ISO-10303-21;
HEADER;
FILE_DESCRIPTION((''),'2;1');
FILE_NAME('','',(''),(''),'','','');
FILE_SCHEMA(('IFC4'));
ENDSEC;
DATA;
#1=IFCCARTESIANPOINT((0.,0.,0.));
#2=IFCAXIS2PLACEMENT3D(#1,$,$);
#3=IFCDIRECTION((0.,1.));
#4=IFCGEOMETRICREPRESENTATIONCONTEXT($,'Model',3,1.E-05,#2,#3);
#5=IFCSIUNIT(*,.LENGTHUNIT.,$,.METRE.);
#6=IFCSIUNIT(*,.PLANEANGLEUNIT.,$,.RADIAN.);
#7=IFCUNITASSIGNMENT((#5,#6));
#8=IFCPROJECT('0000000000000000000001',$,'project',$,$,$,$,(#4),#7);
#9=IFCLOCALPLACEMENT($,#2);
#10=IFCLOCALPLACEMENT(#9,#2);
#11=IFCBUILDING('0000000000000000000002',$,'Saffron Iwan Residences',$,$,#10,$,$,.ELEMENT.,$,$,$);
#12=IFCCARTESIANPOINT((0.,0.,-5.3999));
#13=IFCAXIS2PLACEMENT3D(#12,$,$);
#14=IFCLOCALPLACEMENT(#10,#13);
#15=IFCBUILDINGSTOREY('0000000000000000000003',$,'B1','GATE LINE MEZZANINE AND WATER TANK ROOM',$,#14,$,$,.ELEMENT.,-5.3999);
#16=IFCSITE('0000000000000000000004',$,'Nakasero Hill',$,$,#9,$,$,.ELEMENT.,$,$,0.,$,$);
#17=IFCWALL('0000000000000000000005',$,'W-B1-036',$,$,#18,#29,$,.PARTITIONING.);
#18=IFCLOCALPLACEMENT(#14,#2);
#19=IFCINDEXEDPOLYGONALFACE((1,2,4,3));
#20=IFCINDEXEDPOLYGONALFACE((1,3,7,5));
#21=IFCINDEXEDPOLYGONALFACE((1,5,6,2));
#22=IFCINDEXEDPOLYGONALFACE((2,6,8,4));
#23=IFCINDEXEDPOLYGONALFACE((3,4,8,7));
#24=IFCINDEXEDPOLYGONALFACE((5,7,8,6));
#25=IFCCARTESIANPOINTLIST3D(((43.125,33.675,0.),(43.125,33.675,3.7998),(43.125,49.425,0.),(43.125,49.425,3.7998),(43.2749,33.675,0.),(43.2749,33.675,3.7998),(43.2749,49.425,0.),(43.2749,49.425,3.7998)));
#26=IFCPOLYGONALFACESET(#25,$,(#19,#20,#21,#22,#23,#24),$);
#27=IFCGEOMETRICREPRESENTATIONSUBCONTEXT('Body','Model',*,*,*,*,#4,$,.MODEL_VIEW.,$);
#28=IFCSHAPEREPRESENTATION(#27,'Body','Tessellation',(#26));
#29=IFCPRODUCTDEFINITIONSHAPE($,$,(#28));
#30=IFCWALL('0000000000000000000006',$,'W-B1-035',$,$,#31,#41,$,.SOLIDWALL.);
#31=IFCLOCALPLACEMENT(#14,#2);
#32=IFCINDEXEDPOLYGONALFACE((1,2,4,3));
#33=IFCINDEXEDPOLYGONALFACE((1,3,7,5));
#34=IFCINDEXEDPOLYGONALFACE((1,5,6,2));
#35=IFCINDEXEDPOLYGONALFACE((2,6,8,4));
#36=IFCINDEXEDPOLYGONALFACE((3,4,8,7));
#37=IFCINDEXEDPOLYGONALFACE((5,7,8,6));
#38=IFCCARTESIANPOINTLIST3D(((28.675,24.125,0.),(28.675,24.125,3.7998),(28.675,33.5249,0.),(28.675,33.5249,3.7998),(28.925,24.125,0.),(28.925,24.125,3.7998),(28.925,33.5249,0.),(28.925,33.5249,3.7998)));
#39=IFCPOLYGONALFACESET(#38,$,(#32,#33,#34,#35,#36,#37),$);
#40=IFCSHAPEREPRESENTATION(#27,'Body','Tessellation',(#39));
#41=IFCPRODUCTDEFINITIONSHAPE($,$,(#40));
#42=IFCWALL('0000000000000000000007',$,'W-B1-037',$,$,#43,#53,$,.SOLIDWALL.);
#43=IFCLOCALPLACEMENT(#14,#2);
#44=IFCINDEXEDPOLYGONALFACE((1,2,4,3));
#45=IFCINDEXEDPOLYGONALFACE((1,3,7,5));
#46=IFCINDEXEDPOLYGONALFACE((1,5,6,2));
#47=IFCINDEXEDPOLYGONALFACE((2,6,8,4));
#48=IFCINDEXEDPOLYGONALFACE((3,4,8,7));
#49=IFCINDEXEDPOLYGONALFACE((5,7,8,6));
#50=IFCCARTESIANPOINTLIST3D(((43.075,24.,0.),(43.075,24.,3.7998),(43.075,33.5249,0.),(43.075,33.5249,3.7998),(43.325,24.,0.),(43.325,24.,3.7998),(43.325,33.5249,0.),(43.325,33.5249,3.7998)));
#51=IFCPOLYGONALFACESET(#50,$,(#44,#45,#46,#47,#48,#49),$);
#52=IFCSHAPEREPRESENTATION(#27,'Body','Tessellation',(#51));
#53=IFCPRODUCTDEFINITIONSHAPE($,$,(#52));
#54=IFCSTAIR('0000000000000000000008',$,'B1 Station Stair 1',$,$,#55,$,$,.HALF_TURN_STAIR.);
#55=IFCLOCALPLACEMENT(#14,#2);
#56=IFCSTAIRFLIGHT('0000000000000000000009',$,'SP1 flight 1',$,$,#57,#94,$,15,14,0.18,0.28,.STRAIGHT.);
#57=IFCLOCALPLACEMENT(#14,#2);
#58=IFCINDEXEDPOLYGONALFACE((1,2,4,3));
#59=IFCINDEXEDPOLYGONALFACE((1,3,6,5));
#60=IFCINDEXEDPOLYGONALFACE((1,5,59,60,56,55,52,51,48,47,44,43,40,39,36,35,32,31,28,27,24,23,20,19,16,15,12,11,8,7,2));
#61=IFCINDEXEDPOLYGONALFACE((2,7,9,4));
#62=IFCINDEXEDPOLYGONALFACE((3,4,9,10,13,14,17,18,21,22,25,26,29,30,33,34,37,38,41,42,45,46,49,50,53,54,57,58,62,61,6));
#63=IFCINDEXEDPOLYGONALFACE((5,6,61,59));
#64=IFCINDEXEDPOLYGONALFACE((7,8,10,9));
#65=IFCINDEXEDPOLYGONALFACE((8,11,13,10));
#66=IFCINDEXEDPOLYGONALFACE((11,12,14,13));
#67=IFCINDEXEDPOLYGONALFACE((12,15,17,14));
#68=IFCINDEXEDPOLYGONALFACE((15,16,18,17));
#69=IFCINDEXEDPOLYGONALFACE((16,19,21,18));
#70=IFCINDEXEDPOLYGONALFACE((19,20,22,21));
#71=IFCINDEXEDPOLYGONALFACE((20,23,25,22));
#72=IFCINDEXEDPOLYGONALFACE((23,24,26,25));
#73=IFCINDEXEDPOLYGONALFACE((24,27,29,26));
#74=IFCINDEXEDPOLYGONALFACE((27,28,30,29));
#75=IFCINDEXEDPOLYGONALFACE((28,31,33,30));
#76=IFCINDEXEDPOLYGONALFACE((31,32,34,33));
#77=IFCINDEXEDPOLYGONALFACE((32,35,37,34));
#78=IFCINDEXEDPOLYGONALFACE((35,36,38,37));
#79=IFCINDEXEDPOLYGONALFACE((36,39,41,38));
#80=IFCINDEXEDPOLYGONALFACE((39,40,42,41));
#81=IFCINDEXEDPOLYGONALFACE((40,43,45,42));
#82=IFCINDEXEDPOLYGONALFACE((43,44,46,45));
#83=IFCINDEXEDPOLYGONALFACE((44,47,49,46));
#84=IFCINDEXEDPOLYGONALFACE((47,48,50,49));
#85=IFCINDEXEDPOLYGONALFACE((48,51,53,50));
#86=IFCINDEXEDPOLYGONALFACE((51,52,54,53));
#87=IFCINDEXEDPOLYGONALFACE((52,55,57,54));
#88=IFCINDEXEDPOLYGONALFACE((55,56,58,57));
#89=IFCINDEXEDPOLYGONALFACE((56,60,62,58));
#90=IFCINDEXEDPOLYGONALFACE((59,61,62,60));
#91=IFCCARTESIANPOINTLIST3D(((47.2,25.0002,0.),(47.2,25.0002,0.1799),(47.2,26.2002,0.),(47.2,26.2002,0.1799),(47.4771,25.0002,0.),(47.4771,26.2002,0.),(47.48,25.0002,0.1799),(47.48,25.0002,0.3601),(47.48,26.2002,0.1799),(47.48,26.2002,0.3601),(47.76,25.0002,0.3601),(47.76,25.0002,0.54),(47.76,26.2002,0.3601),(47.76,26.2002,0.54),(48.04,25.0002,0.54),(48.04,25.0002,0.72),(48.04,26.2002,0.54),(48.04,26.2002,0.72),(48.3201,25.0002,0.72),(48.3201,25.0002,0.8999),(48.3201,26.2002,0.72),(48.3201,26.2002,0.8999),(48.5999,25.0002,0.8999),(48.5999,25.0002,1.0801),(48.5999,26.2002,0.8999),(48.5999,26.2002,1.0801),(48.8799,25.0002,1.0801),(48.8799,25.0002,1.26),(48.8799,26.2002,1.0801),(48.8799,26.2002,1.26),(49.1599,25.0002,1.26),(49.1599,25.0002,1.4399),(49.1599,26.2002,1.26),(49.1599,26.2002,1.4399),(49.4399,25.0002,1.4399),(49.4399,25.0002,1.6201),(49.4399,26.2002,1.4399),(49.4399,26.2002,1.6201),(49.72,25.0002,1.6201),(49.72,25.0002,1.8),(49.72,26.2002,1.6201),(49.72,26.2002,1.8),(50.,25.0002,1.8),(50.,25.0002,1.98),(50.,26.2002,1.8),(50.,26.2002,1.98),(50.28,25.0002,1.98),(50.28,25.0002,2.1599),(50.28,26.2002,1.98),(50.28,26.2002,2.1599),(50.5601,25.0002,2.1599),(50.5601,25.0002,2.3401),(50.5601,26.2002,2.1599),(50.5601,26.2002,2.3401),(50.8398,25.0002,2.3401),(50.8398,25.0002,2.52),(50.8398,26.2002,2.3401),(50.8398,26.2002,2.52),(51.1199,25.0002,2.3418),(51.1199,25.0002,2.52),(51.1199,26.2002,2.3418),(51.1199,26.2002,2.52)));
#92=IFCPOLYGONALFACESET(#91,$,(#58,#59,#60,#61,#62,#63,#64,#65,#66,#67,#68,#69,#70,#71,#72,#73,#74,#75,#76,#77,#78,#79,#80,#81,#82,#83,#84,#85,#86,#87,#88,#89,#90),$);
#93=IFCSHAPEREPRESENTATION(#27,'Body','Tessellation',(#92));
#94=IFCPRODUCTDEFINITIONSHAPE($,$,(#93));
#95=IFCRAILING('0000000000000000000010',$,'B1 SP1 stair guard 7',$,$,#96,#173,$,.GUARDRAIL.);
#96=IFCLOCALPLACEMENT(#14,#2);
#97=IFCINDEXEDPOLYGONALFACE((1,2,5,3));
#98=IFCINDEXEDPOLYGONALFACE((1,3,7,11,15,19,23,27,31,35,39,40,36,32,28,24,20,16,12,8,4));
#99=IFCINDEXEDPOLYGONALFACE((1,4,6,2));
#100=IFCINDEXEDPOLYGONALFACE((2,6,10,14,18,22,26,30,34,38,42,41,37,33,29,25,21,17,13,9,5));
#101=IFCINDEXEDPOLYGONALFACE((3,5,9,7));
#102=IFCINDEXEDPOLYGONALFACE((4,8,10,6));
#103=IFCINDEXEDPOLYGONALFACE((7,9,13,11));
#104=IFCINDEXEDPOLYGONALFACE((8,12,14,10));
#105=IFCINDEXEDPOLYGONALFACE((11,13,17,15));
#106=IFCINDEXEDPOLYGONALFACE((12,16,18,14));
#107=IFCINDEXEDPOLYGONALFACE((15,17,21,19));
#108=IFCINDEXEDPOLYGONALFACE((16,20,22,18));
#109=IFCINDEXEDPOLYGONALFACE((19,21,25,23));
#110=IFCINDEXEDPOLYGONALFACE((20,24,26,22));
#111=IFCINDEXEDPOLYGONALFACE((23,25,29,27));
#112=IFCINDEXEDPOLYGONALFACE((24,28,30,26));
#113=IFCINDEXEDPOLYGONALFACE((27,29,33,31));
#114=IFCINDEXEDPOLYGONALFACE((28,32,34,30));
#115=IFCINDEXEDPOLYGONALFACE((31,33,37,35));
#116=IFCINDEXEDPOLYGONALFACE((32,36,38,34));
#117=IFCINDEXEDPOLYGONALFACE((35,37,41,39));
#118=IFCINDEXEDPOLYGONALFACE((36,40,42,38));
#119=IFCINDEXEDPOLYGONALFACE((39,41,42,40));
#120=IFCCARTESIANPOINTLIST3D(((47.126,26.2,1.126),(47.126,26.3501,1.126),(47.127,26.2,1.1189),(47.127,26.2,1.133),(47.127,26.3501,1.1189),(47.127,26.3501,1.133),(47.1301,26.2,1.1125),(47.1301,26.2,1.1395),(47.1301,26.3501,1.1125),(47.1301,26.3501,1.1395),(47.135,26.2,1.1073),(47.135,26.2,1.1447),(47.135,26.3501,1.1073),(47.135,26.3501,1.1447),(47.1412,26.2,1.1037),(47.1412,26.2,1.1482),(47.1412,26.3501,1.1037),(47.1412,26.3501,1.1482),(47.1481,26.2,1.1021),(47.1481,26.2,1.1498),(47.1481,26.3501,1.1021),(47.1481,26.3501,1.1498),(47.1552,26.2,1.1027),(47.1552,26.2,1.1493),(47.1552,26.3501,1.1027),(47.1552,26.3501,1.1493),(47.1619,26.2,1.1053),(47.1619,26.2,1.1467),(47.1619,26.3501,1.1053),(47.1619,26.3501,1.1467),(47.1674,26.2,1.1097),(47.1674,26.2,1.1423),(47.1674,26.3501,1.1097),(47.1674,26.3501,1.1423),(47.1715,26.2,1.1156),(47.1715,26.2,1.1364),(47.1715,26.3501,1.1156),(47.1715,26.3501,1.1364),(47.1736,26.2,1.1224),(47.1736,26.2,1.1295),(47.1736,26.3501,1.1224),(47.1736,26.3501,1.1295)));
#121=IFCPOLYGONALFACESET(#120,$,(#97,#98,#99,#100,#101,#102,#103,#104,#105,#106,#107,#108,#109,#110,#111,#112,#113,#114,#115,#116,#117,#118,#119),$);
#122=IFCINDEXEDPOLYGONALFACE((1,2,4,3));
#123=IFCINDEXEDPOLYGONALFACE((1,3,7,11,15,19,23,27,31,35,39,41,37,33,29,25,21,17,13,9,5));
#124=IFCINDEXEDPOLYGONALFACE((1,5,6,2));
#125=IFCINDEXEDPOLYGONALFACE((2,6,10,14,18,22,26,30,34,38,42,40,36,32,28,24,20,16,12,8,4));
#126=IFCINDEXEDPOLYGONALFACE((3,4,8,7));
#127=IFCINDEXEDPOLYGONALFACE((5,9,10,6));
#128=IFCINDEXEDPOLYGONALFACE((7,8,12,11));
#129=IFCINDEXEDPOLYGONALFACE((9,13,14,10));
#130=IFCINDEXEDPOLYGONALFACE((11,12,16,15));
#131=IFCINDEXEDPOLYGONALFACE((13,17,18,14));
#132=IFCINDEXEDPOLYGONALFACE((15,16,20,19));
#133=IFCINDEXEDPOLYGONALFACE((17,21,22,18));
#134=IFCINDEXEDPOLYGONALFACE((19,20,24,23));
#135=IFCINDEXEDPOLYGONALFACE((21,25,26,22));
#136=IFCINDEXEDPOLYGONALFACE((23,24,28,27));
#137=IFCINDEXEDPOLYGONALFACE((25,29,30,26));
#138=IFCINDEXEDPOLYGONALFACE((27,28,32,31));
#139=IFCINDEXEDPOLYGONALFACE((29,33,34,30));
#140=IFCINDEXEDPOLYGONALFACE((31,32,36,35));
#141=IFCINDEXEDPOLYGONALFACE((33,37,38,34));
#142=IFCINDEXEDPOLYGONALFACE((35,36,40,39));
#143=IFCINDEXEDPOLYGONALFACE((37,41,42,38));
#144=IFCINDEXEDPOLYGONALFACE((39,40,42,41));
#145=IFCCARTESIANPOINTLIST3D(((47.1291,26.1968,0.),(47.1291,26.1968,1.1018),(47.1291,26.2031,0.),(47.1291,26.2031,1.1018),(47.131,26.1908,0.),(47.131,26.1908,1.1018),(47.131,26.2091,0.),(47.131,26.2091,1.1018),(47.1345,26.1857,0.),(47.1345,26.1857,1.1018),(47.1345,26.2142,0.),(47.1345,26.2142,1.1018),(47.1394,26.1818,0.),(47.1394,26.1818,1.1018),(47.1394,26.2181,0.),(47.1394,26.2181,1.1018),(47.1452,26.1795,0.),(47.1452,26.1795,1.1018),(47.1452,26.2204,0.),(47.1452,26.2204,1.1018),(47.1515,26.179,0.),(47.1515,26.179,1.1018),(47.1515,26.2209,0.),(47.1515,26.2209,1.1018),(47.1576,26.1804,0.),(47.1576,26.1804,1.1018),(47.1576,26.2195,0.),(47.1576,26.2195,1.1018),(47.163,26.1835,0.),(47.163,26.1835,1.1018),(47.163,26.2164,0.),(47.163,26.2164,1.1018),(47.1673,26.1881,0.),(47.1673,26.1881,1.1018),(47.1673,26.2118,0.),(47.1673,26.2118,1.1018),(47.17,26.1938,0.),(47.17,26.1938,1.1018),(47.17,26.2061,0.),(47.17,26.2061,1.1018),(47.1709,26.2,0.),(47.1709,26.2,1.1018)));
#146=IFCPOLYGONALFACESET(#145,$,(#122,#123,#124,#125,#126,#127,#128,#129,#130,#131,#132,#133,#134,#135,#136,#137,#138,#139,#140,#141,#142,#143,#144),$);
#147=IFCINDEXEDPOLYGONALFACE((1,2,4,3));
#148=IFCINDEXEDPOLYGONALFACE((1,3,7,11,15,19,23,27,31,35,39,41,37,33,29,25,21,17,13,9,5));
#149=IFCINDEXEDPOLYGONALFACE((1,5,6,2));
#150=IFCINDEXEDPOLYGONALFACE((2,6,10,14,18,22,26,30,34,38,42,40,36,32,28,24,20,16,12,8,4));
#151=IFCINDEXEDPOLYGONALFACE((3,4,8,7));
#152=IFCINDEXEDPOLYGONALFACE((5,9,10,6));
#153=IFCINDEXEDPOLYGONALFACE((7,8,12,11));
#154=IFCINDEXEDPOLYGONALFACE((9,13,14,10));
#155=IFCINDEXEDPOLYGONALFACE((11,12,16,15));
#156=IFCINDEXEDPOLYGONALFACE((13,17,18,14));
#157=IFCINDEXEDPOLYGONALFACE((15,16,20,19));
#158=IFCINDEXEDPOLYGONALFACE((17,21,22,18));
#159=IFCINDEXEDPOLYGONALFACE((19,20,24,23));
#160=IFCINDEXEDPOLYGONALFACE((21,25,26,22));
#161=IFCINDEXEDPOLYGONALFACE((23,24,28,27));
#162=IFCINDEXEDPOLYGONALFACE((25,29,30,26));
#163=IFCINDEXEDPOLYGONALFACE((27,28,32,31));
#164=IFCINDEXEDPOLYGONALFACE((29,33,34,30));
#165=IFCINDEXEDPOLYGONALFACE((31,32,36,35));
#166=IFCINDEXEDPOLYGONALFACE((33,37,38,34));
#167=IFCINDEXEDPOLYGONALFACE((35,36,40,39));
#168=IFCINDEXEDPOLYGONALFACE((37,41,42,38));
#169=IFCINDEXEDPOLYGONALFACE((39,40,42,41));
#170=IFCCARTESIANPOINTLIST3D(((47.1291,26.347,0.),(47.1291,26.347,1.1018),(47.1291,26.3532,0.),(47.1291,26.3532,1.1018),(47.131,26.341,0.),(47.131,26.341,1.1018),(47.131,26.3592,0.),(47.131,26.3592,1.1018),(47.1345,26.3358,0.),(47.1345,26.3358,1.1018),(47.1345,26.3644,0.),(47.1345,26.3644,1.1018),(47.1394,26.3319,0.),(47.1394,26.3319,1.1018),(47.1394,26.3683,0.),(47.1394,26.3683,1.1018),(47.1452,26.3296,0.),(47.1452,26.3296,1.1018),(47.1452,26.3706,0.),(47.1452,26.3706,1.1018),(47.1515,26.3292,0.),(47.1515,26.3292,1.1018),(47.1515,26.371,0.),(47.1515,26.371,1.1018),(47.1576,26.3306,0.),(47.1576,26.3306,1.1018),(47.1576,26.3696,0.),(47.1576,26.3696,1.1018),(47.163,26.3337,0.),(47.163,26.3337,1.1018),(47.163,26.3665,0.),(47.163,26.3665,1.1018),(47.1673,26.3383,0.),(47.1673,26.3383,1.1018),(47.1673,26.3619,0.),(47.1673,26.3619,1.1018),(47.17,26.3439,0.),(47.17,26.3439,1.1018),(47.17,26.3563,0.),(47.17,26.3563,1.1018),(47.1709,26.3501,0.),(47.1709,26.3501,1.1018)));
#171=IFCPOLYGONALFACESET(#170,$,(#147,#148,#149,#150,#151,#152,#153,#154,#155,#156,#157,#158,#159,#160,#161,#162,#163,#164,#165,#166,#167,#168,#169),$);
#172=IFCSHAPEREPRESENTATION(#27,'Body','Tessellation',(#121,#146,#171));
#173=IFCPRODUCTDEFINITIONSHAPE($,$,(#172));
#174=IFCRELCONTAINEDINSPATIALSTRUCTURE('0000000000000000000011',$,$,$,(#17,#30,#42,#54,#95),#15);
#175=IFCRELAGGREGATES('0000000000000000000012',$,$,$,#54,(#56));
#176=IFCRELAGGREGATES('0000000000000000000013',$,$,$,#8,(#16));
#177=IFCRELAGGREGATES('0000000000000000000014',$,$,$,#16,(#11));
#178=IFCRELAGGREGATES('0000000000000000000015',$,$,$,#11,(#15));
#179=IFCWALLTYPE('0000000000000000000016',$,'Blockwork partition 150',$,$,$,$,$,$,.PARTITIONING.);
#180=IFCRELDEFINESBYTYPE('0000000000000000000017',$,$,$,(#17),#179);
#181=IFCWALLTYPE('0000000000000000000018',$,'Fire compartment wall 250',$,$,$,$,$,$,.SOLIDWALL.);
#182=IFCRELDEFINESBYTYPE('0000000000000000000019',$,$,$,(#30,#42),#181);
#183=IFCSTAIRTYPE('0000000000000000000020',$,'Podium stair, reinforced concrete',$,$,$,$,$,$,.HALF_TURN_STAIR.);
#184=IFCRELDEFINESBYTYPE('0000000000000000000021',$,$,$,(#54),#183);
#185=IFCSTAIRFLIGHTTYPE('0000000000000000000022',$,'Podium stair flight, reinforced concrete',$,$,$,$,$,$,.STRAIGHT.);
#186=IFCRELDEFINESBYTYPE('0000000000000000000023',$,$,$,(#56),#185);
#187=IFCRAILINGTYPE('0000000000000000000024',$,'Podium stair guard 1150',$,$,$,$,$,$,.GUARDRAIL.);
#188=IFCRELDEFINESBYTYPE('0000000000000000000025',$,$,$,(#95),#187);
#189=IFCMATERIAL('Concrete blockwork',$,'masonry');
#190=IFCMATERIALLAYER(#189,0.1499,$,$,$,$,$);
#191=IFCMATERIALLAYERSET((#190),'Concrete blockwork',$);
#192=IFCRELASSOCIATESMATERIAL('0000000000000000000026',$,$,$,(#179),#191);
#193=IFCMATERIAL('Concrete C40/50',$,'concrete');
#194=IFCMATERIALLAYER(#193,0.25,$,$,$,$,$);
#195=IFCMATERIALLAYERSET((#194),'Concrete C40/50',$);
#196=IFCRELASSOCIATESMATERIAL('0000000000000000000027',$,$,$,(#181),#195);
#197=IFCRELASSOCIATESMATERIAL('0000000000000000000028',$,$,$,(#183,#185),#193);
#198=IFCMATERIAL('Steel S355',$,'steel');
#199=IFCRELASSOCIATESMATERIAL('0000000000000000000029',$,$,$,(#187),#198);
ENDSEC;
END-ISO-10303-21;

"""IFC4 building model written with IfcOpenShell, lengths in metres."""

from ifc_helpers import new_model, si_unit, direction, frame, frame_2d, origin, origin_2d, place, context, subcontext, project, spatial, polyline, rectangle, circle, outline, extrude, material, layer, layer_set, type_object, element, aggregate, save


model = new_model("IFC4")

# Units and contexts
model_context = context("Model", 3, precision=1e-05, world=origin(), true_north=direction((0.0, 1.0)))
body_context = subcontext(model_context, "Body", "Model", "MODEL_VIEW")
ifc_project = project(units=[si_unit("LENGTHUNIT", "METRE"), si_unit("PLANEANGLEUNIT", "RADIAN")], contexts=[model_context])

# Site, building, storey
site_placement = place(None, origin())
site = spatial("IfcSite", under=ifc_project, at=site_placement, Name="Nakasero Hill", CompositionType="ELEMENT", RefElevation=0.0)
building_placement = place(site_placement, origin())
building = spatial("IfcBuilding", under=site, at=building_placement, Name="Saffron Iwan Residences", CompositionType="ELEMENT")
storey_placement = place(building_placement, frame((0.0, 0.0, -5.3999)))
storey = spatial("IfcBuildingStorey", under=building, at=storey_placement, Name="B1", Description="GATE LINE MEZZANINE AND WATER TANK ROOM", CompositionType="ELEMENT", Elevation=-5.3999)

# Shared definitions
ifc_material_1 = material(Name="Concrete C40/50", Category="concrete")

# Walls
ifc_material_2 = material(Name="Concrete blockwork", Category="masonry")
ifc_layer_1 = layer(ifc_material_2, 0.1499)
ifc_layer_set_1 = layer_set([ifc_layer_1], Name="Concrete blockwork")
wall_type_1 = type_object("IfcWallType", Name="Blockwork partition 150", PredefinedType="PARTITIONING", material=ifc_layer_set_1)
wall_1_placement = place(storey_placement, frame((43.2, 33.675, 0.0), z_axis=(0.0, 0.0, 1.0), x_axis=(0.0, 1.0, 0.0)))
element("IfcWall", 1, at=wall_1_placement, inside=storey, type_object=wall_type_1, Name="W-B1-036", PredefinedType="PARTITIONING", context=body_context, shape_type="SweptSolid", body=[
    extrude(rectangle(XDim=15.75, YDim=0.1499, at=frame_2d((7.875, 0.0))), origin(), (0.0, 0.0, 1.0), 3.7998),
])
ifc_layer_2 = layer(ifc_material_1, 0.25)
ifc_layer_set_2 = layer_set([ifc_layer_2], Name="Concrete C40/50")
wall_type_2 = type_object("IfcWallType", Name="Fire compartment wall 250", PredefinedType="SOLIDWALL", material=ifc_layer_set_2)
wall_2_placement = place(storey_placement, frame((28.8, 24.125, 0.0), z_axis=(0.0, 0.0, 1.0), x_axis=(0.0, 1.0, 0.0)))
element("IfcWall", 2, at=wall_2_placement, inside=storey, type_object=wall_type_2, Name="W-B1-035", PredefinedType="SOLIDWALL", context=body_context, shape_type="SweptSolid", body=[
    extrude(rectangle(XDim=9.3999, YDim=0.25, at=frame_2d((4.7, 0.0))), origin(), (0.0, 0.0, 1.0), 3.7998),
])
wall_3_placement = place(storey_placement, frame((43.2, 24.0, 0.0), z_axis=(0.0, 0.0, 1.0), x_axis=(0.0, 1.0, 0.0)))
element("IfcWall", 3, at=wall_3_placement, inside=storey, type_object=wall_type_2, Name="W-B1-037", PredefinedType="SOLIDWALL", context=body_context, shape_type="SweptSolid", body=[
    extrude(rectangle(XDim=9.5249, YDim=0.25, at=frame_2d((4.7625, 0.0))), origin(), (0.0, 0.0, 1.0), 3.7998),
])

# Stair, stair flight
stair_type = type_object("IfcStairType", Name="Podium stair, reinforced concrete", PredefinedType="HALF_TURN_STAIR", material=ifc_material_1)
stair_placement = place(storey_placement, origin())
stair = element("IfcStair", 4, at=stair_placement, inside=storey, type_object=stair_type, Name="B1 Station Stair 1", PredefinedType="HALF_TURN_STAIR")
stair_flight_type = type_object("IfcStairFlightType", Name="Podium stair flight, reinforced concrete", PredefinedType="STRAIGHT", material=ifc_material_1)
stair_flight_placement = place(storey_placement, frame((47.2, 25.6001, 0.0), z_axis=(0.0, 0.0, 1.0), x_axis=(1.0, 0.0, 0.0)))
stair_flight = element("IfcStairFlight", 5, at=stair_flight_placement, type_object=stair_flight_type, Name="SP1 flight 1", NumberOfRisers=15, NumberOfTreads=14, PredefinedType="STRAIGHT", RiserHeight=0.18, TreadLength=0.28, context=body_context, shape_type="SweptSolid", body=[
    extrude(outline(polyline([(0.0, 0.0), (0.0, 0.1799), (0.28, 0.1799), (0.28, 0.3601), (0.5601, 0.3601), (0.5601, 0.54), (0.8401, 0.54), (0.8401, 0.72), (1.1201, 0.72), (1.1201, 0.8999), (1.3999, 0.8999), (1.3999, 1.0801), (1.6799, 1.0801), (1.6799, 1.26), (1.96, 1.26), (1.96, 1.4399), (2.24, 1.4399), (2.24, 1.6201), (2.52, 1.6201), (2.52, 1.8), (2.8, 1.8), (2.8, 1.98), (3.0801, 1.98), (3.0801, 2.1599), (3.3601, 2.1599), (3.3601, 2.3401), (3.6399, 2.3401), (3.6399, 2.52), (3.9199, 2.52), (3.9199, 2.7), (3.9199, 2.3418), (0.2771, 0.0), (0.0, 0.0)])), frame((0.0, 0.6001, 0.0), z_axis=(0.0, -1.0, 0.0), x_axis=(1.0, 0.0, 0.0)), (0.0, 0.0, 1.0), 1.2),
])
aggregate(stair, [stair_flight])

# Railing
ifc_material_3 = material(Name="Steel S355", Category="steel")
railing_type = type_object("IfcRailingType", Name="Podium stair guard 1150", PredefinedType="GUARDRAIL", material=ifc_material_3)
railing_placement = place(storey_placement, frame((47.1499, 26.2, 0.0)))
element("IfcRailing", 6, at=railing_placement, inside=storey, type_object=railing_type, Name="B1 SP1 stair guard 7", PredefinedType="GUARDRAIL", context=body_context, shape_type="SweptSolid", body=[
    extrude(circle(Radius=0.0239, at=origin_2d()), frame((0.0, 0.0, 1.126), z_axis=(0.0, 1.0, 0.0), x_axis=(-1.0, 0.0, 0.0)), (0.0, 0.0, 1.0), 0.1501),
    extrude(circle(Radius=0.021, at=origin_2d()), origin(), (0.0, 0.0, 1.0), 1.1018),
    extrude(circle(Radius=0.021, at=origin_2d()), frame((0.0, 0.1501, 0.0)), (0.0, 0.0, 1.0), 1.1018),
])

save(model, "model.ifc")
